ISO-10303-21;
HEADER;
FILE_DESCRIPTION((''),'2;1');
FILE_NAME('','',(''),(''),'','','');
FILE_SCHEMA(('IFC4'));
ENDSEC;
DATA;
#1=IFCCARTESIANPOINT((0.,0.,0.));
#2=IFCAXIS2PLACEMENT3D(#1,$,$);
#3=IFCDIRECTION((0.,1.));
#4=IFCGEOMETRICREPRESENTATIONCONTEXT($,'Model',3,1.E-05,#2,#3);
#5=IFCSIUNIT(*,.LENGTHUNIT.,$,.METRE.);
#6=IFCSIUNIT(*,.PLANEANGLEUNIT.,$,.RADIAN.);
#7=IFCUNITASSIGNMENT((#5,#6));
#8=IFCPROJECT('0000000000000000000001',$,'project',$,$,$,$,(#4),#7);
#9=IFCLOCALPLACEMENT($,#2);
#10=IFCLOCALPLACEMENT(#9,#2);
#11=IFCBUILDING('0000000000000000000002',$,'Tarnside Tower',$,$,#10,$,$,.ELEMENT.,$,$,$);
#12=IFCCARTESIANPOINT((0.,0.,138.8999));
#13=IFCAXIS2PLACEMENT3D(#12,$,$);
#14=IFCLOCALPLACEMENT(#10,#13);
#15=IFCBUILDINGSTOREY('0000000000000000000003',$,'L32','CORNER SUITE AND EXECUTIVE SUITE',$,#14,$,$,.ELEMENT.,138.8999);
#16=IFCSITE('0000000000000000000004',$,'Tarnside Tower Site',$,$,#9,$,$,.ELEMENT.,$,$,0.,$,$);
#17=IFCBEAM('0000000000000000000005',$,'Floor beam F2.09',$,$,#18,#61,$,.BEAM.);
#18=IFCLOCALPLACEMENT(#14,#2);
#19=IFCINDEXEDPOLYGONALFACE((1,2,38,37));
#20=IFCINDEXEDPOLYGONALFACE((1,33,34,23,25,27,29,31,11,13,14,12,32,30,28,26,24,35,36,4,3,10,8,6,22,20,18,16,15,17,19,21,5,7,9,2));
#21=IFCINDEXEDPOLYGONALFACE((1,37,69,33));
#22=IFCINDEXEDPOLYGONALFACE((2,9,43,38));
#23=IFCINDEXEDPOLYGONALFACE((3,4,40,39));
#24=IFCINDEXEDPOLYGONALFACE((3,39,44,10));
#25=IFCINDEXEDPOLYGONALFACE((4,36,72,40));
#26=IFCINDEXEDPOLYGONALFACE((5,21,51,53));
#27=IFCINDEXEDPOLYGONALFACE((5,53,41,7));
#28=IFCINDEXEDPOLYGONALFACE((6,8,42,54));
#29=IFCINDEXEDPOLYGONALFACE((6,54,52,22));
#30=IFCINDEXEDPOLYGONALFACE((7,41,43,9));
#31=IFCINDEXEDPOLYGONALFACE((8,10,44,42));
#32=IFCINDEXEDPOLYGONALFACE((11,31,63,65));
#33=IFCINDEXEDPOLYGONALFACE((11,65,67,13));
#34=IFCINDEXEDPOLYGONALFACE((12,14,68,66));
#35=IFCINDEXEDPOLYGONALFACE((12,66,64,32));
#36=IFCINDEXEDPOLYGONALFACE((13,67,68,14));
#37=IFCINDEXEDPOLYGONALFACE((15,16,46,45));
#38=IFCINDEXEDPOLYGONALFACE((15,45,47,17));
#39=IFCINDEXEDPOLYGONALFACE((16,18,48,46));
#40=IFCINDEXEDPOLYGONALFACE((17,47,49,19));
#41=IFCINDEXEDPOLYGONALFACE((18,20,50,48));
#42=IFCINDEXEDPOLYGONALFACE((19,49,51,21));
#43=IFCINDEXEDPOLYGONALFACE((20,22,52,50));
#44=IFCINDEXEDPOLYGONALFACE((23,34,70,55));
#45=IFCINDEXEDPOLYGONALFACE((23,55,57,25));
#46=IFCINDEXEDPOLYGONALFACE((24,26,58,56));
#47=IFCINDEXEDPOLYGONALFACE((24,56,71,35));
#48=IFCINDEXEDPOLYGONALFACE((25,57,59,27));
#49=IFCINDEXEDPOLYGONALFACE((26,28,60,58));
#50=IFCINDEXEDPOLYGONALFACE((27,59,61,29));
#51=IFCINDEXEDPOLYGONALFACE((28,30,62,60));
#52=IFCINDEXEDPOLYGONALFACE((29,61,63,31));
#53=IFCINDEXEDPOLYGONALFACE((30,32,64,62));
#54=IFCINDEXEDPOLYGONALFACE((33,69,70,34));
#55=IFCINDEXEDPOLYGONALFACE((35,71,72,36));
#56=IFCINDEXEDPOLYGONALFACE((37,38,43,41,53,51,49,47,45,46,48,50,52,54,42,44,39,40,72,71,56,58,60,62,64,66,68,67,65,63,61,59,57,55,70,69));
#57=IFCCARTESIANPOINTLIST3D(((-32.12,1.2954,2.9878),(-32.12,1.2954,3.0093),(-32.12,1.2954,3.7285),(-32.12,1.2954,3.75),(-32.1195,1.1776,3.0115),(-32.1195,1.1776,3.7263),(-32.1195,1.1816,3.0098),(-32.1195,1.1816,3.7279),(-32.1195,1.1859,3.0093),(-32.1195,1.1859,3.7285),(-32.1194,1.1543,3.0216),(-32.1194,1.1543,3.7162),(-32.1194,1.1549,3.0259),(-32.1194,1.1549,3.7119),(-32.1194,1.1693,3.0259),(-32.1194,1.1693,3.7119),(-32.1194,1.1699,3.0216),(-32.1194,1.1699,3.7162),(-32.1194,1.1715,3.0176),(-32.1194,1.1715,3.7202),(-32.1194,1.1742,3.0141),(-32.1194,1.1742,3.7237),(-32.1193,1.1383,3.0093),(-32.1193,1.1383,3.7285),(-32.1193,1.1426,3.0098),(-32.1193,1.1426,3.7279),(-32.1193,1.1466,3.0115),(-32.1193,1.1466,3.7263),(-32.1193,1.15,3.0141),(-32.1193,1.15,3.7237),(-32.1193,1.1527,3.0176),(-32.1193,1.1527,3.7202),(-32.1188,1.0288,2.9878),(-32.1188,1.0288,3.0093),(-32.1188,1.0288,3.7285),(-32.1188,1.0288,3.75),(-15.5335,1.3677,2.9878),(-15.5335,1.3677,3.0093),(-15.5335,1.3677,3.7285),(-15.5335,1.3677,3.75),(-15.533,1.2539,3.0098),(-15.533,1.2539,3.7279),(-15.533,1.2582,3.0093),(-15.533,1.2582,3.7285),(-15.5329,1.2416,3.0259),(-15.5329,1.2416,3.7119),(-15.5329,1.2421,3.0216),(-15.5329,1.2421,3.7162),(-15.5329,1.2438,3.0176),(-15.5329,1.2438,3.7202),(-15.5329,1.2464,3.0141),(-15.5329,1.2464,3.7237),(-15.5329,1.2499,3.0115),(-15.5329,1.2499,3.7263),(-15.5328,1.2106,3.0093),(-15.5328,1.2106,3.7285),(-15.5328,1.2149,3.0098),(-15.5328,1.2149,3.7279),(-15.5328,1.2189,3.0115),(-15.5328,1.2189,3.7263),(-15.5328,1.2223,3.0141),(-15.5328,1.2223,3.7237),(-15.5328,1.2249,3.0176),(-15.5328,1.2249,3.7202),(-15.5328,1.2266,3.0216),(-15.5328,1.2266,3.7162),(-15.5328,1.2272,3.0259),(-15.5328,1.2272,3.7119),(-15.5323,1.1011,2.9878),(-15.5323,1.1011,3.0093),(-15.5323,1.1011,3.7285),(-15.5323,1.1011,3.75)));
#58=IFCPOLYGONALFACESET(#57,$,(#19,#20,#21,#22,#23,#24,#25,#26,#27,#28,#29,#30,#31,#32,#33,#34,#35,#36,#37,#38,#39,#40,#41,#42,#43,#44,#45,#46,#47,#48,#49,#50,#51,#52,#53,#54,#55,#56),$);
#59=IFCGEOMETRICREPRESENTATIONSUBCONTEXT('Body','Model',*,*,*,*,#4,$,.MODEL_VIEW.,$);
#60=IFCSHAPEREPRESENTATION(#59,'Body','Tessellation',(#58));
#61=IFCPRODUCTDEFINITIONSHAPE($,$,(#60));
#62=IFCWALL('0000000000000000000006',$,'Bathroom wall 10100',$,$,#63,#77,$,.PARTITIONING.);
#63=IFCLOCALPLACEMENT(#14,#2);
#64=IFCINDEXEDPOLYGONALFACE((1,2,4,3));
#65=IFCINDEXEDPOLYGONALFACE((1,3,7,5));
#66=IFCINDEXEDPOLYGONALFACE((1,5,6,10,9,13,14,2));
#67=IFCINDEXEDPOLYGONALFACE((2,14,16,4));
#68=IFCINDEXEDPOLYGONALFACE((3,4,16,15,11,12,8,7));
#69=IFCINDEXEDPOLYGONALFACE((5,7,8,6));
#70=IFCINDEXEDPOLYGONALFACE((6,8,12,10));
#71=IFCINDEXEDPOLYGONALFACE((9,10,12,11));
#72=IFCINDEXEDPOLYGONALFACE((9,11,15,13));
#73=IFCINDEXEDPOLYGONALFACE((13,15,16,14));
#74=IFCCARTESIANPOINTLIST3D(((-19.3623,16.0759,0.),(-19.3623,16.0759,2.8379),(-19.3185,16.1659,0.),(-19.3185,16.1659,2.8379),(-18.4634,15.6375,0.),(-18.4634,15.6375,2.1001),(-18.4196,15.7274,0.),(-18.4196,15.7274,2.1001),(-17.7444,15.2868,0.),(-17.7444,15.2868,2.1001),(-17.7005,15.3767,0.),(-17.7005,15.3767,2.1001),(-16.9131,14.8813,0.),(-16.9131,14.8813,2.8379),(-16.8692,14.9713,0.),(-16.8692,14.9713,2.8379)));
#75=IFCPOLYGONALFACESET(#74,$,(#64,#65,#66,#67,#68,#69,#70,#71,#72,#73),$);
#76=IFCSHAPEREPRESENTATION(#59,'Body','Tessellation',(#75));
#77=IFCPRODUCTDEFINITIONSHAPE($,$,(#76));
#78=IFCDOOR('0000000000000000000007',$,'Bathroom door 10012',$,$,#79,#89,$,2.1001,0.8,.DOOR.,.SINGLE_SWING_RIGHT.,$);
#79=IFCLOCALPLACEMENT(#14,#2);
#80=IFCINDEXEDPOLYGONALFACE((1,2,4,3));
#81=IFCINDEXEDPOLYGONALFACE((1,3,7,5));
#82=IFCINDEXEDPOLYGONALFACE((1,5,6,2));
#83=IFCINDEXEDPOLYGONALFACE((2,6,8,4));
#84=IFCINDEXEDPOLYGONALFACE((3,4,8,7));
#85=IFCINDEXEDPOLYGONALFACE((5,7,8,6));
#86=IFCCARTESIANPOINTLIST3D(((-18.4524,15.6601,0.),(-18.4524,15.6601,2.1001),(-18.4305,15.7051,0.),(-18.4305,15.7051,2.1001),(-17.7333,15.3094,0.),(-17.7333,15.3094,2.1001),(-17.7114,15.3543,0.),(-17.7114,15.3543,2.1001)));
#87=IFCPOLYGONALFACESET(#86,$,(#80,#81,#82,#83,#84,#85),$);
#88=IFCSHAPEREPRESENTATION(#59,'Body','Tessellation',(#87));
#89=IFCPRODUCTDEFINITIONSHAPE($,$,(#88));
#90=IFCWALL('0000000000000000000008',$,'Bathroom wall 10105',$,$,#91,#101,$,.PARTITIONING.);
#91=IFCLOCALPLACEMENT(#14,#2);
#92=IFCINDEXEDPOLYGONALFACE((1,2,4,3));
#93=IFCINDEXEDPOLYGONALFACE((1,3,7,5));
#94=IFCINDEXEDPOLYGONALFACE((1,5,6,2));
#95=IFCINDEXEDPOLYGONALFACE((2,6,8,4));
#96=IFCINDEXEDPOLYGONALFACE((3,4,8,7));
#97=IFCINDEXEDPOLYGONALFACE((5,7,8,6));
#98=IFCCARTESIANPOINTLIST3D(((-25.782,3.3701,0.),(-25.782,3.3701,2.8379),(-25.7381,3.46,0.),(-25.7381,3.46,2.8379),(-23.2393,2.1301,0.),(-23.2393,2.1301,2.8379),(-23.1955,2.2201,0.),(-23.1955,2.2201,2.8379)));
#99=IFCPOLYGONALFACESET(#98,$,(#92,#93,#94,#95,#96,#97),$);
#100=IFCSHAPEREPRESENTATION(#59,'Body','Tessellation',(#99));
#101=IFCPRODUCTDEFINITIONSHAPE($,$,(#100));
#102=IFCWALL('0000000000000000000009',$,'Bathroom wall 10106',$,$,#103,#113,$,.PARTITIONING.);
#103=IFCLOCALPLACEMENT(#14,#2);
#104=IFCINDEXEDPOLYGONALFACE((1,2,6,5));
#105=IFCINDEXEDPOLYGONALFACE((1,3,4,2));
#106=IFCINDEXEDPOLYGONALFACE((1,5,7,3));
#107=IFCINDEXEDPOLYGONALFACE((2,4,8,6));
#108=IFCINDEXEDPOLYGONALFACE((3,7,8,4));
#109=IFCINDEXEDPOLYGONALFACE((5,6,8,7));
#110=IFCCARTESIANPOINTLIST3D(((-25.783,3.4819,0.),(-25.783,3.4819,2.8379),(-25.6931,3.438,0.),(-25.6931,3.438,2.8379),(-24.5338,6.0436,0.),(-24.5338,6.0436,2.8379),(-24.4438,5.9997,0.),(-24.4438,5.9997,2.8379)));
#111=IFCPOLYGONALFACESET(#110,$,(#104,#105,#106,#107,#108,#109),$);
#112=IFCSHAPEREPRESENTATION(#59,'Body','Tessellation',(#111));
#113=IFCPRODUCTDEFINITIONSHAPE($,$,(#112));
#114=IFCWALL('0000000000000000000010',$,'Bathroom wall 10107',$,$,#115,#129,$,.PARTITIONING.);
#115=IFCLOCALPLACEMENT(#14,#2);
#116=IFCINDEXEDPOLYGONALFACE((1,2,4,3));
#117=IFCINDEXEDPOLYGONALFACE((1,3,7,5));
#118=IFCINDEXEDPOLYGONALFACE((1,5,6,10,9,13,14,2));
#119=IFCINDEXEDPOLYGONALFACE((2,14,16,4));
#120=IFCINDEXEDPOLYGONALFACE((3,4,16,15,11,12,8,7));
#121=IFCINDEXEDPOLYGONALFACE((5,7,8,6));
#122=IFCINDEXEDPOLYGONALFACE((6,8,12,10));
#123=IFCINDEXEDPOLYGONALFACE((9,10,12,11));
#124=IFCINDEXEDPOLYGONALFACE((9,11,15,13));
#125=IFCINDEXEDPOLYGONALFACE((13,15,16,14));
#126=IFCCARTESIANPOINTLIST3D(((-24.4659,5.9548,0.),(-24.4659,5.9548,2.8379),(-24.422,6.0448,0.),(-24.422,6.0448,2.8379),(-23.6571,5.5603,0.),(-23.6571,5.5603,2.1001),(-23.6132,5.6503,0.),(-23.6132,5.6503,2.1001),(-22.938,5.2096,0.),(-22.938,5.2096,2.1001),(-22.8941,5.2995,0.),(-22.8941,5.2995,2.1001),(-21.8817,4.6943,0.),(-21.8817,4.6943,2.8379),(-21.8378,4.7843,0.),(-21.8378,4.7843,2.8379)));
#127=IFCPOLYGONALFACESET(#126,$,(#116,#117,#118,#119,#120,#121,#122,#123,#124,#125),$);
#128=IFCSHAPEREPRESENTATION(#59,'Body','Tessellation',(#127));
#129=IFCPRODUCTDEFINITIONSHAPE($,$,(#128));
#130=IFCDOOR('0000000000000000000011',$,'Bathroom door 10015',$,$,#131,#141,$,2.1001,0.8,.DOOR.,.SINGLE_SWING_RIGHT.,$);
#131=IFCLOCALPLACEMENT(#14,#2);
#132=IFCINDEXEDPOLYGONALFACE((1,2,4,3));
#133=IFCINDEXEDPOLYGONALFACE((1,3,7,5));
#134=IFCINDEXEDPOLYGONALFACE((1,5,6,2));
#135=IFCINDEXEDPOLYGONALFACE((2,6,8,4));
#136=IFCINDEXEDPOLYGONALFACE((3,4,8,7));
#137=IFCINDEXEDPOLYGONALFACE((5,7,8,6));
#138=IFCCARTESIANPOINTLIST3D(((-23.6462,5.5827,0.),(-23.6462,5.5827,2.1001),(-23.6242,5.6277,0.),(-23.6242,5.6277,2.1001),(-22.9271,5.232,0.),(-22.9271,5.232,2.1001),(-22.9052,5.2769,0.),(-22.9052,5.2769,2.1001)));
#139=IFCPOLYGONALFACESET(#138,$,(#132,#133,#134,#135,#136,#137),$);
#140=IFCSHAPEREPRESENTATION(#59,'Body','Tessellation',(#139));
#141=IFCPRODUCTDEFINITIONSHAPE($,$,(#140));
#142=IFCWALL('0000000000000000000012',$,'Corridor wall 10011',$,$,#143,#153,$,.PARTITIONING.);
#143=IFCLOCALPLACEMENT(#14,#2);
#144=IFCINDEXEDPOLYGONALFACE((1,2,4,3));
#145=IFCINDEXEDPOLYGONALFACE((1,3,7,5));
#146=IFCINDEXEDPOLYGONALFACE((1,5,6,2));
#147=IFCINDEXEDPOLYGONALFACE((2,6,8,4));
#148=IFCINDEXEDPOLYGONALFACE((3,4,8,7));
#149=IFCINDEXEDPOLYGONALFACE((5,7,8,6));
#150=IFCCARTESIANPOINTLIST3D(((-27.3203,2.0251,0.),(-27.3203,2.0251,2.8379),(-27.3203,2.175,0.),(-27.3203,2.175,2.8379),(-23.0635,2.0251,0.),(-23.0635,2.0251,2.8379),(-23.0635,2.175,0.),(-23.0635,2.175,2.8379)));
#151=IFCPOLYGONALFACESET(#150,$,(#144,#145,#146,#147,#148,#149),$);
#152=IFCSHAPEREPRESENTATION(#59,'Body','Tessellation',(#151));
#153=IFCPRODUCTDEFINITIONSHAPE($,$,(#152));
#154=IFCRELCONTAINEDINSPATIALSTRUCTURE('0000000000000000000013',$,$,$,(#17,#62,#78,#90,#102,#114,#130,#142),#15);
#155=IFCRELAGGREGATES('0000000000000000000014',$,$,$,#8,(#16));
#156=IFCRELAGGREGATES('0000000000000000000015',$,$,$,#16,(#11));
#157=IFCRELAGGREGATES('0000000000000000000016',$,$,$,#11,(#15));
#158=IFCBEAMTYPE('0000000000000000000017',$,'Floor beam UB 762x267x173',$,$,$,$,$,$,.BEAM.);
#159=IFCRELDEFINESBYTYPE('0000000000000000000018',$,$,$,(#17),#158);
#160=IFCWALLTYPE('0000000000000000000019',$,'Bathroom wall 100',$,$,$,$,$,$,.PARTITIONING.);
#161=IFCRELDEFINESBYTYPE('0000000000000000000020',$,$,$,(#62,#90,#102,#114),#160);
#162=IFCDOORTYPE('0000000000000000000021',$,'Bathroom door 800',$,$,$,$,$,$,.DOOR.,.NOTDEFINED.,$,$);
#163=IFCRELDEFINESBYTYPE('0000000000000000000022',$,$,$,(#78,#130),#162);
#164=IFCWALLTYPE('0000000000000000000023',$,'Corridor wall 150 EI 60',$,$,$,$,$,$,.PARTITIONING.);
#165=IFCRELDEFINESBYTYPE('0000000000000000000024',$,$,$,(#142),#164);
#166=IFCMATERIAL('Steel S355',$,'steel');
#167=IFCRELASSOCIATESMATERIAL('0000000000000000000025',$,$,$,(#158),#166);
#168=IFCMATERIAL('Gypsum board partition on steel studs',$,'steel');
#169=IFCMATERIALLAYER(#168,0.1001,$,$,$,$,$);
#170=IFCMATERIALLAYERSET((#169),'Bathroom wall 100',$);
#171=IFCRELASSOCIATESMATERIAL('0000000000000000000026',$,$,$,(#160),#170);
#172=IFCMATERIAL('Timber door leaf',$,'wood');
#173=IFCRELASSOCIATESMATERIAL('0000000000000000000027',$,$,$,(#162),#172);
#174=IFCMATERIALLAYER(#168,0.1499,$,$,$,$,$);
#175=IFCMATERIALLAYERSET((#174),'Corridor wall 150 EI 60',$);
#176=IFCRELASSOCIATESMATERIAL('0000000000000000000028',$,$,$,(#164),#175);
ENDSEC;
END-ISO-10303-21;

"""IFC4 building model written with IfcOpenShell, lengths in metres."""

from ifc_helpers import new_model, si_unit, direction, frame, frame_2d, origin, origin_2d, place, context, subcontext, project, spatial, rectangle, i_section, extrude, material, layer, layer_set, material_profile, profile_set, type_object, element, fill, save


model = new_model("IFC4")

# Units and contexts
model_context = context("Model", 3, precision=1e-05, world=origin(), true_north=direction((0.0, 1.0)))
body_context = subcontext(model_context, "Body", "Model", "MODEL_VIEW")
ifc_project = project(units=[si_unit("LENGTHUNIT", "METRE"), si_unit("PLANEANGLEUNIT", "RADIAN")], contexts=[model_context])

# Site, building, storey
site_placement = place(None, origin())
site = spatial("IfcSite", under=ifc_project, at=site_placement, Name="Tarnside Tower Site", CompositionType="ELEMENT", RefElevation=0.0)
building_placement = place(site_placement, origin())
building = spatial("IfcBuilding", under=site, at=building_placement, Name="Tarnside Tower", CompositionType="ELEMENT")
storey_placement = place(building_placement, frame((0.0, 0.0, 138.8999)))
storey = spatial("IfcBuildingStorey", under=building, at=storey_placement, Name="L32", Description="CORNER SUITE AND EXECUTIVE SUITE", CompositionType="ELEMENT", Elevation=138.8999)

# Beam
ifc_material_1 = material(Name="Steel S355", Category="steel")
ifc_material_profile_1 = material_profile(ifc_material_1, i_section(OverallWidth=0.2666, OverallDepth=0.7622, WebThickness=0.0144, FlangeThickness=0.0215, FilletRadius=0.0166, at=origin_2d()), Name="UB 762x267x173")
ifc_profile_set_1 = profile_set([ifc_material_profile_1], Name="Steel S355")
beam_type_1 = type_object("IfcBeamType", Name="Floor beam UB 762x267x173", PredefinedType="BEAM", material=ifc_profile_set_1)
beam_1_placement = place(storey_placement, frame((-32.1194, 1.1621, 3.3689), z_axis=(0.999991, 0.004357, 0.0), x_axis=(-0.004357, 0.999991, 0.0)))
element("IfcBeam", 1, at=beam_1_placement, inside=storey, type_object=beam_type_1, Name="Floor beam F2.09", PredefinedType="BEAM", context=body_context, shape_type="SweptSolid", body=[
    extrude(i_section(OverallWidth=0.2666, OverallDepth=0.7622, WebThickness=0.0144, FlangeThickness=0.0215, FilletRadius=0.0166, at=origin_2d()), origin(), (0.0, 0.0, 1.0), 16.5867),
])

# Wall, opening, door
ifc_material_2 = material(Name="Gypsum board partition on steel studs", Category="steel")
ifc_layer_1 = layer(ifc_material_2, 0.1001)
ifc_layer_set_1 = layer_set([ifc_layer_1], Name="Bathroom wall 100")
wall_type_1 = type_object("IfcWallType", Name="Bathroom wall 100", PredefinedType="PARTITIONING", material=ifc_layer_set_1)
wall_1_placement = place(storey_placement, frame((-16.8911, 14.9263, 0.0), z_axis=(0.0, 0.0, 1.0), x_axis=(-0.898792, 0.438376, 0.0)))
wall_1 = element("IfcWall", 2, at=wall_1_placement, inside=storey, type_object=wall_type_1, Name="Bathroom wall 10100", PredefinedType="PARTITIONING", context=body_context, shape_type="SweptSolid", body=[
    extrude(rectangle(XDim=2.7251, YDim=0.1001, at=frame_2d((1.3625, 0.0))), origin(), (0.0, 0.0, 1.0), 2.8379),
])
opening_1_placement = place(wall_1_placement, frame((0.925, 0.0, 0.0)))
opening_1 = element("IfcOpeningElement", 3, at=opening_1_placement, cuts=wall_1, PredefinedType="OPENING", context=body_context, shape_type="SweptSolid", body=[
    extrude(rectangle(XDim=0.8, YDim=2.1001, at=frame_2d((0.3999, 1.05))), frame((0.0, 0.0601, 0.0), z_axis=(0.0, -1.0, 0.0), x_axis=(1.0, 0.0, 0.0)), (0.0, 0.0, 1.0), 0.1201),
])
ifc_material_3 = material(Name="Timber door leaf", Category="wood")
door_type_1 = type_object("IfcDoorType", Name="Bathroom door 800", OperationType="NOTDEFINED", PredefinedType="DOOR", material=ifc_material_3)
door_1_placement = place(opening_1_placement, origin())
door_1 = element("IfcDoor", 4, at=door_1_placement, inside=storey, type_object=door_type_1, Name="Bathroom door 10012", OperationType="SINGLE_SWING_RIGHT", OverallHeight=2.1001, OverallWidth=0.8, PredefinedType="DOOR", context=body_context, shape_type="SweptSolid", body=[
    extrude(rectangle(XDim=0.8, YDim=2.1001, at=frame_2d((0.3999, 1.05))), frame((0.0, 0.0249, 0.0), z_axis=(0.0, -1.0, 0.0), x_axis=(1.0, 0.0, 0.0)), (0.0, 0.0, 1.0), 0.05),
])
fill(opening_1, door_1)

# Walls
wall_2_placement = place(storey_placement, frame((-23.2173, 2.175, 0.0), z_axis=(0.0, 0.0, 1.0), x_axis=(-0.898819, 0.43832, 0.0)))
element("IfcWall", 5, at=wall_2_placement, inside=storey, type_object=wall_type_1, Name="Bathroom wall 10105", PredefinedType="PARTITIONING", context=body_context, shape_type="SweptSolid", body=[
    extrude(rectangle(XDim=2.8289, YDim=0.1001, at=frame_2d((1.4146, 0.0))), origin(), (0.0, 0.0, 1.0), 2.8379),
])
wall_3_placement = place(storey_placement, frame((-25.738, 3.46, 0.0), z_axis=(0.0, 0.0, 1.0), x_axis=(0.438317, 0.89882, 0.0)))
element("IfcWall", 6, at=wall_3_placement, inside=storey, type_object=wall_type_1, Name="Bathroom wall 10106", PredefinedType="PARTITIONING", context=body_context, shape_type="SweptSolid", body=[
    extrude(rectangle(XDim=2.8501, YDim=0.1001, at=frame_2d((1.425, 0.0))), origin(), (0.0, 0.0, 1.0), 2.8379),
])

# Wall, opening, door
wall_4_placement = place(storey_placement, frame((-24.4438, 5.9998, 0.0), z_axis=(0.0, 0.0, 1.0), x_axis=(0.898782, -0.438395, 0.0)))
wall_4 = element("IfcWall", 7, at=wall_4_placement, inside=storey, type_object=wall_type_1, Name="Bathroom wall 10107", PredefinedType="PARTITIONING", context=body_context, shape_type="SweptSolid", body=[
    extrude(rectangle(XDim=2.8752, YDim=0.1001, at=frame_2d((1.4375, 0.0))), origin(), (0.0, 0.0, 1.0), 2.8379),
])
opening_2_placement = place(wall_4_placement, frame((0.8999, 0.0, 0.0)))
opening_2 = element("IfcOpeningElement", 8, at=opening_2_placement, cuts=wall_4, PredefinedType="OPENING", context=body_context, shape_type="SweptSolid", body=[
    extrude(rectangle(XDim=0.8, YDim=2.1001, at=frame_2d((0.3999, 1.05))), frame((0.0, 0.0601, 0.0), z_axis=(0.0, -1.0, 0.0), x_axis=(1.0, 0.0, 0.0)), (0.0, 0.0, 1.0), 0.1201),
])
door_2_placement = place(opening_2_placement, origin())
door_2 = element("IfcDoor", 9, at=door_2_placement, inside=storey, type_object=door_type_1, Name="Bathroom door 10015", OperationType="SINGLE_SWING_RIGHT", OverallHeight=2.1001, OverallWidth=0.8, PredefinedType="DOOR", context=body_context, shape_type="SweptSolid", body=[
    extrude(rectangle(XDim=0.8, YDim=2.1001, at=frame_2d((0.3999, 1.05))), frame((0.0, 0.0249, 0.0), z_axis=(0.0, -1.0, 0.0), x_axis=(1.0, 0.0, 0.0)), (0.0, 0.0, 1.0), 0.05),
])
fill(opening_2, door_2)

# Wall
ifc_layer_2 = layer(ifc_material_2, 0.1499)
ifc_layer_set_2 = layer_set([ifc_layer_2], Name="Corridor wall 150 EI 60")
wall_type_2 = type_object("IfcWallType", Name="Corridor wall 150 EI 60", PredefinedType="PARTITIONING", material=ifc_layer_set_2)
wall_5_placement = place(storey_placement, frame((-23.0635, 2.1001, 0.0), z_axis=(0.0, 0.0, 1.0), x_axis=(-1.0, 0.0, 0.0)))
element("IfcWall", 10, at=wall_5_placement, inside=storey, type_object=wall_type_2, Name="Corridor wall 10011", PredefinedType="PARTITIONING", context=body_context, shape_type="SweptSolid", body=[
    extrude(rectangle(XDim=4.2568, YDim=0.1499, at=frame_2d((2.1284, 0.0))), origin(), (0.0, 0.0, 1.0), 2.8379),
])

save(model, "model.ifc")
